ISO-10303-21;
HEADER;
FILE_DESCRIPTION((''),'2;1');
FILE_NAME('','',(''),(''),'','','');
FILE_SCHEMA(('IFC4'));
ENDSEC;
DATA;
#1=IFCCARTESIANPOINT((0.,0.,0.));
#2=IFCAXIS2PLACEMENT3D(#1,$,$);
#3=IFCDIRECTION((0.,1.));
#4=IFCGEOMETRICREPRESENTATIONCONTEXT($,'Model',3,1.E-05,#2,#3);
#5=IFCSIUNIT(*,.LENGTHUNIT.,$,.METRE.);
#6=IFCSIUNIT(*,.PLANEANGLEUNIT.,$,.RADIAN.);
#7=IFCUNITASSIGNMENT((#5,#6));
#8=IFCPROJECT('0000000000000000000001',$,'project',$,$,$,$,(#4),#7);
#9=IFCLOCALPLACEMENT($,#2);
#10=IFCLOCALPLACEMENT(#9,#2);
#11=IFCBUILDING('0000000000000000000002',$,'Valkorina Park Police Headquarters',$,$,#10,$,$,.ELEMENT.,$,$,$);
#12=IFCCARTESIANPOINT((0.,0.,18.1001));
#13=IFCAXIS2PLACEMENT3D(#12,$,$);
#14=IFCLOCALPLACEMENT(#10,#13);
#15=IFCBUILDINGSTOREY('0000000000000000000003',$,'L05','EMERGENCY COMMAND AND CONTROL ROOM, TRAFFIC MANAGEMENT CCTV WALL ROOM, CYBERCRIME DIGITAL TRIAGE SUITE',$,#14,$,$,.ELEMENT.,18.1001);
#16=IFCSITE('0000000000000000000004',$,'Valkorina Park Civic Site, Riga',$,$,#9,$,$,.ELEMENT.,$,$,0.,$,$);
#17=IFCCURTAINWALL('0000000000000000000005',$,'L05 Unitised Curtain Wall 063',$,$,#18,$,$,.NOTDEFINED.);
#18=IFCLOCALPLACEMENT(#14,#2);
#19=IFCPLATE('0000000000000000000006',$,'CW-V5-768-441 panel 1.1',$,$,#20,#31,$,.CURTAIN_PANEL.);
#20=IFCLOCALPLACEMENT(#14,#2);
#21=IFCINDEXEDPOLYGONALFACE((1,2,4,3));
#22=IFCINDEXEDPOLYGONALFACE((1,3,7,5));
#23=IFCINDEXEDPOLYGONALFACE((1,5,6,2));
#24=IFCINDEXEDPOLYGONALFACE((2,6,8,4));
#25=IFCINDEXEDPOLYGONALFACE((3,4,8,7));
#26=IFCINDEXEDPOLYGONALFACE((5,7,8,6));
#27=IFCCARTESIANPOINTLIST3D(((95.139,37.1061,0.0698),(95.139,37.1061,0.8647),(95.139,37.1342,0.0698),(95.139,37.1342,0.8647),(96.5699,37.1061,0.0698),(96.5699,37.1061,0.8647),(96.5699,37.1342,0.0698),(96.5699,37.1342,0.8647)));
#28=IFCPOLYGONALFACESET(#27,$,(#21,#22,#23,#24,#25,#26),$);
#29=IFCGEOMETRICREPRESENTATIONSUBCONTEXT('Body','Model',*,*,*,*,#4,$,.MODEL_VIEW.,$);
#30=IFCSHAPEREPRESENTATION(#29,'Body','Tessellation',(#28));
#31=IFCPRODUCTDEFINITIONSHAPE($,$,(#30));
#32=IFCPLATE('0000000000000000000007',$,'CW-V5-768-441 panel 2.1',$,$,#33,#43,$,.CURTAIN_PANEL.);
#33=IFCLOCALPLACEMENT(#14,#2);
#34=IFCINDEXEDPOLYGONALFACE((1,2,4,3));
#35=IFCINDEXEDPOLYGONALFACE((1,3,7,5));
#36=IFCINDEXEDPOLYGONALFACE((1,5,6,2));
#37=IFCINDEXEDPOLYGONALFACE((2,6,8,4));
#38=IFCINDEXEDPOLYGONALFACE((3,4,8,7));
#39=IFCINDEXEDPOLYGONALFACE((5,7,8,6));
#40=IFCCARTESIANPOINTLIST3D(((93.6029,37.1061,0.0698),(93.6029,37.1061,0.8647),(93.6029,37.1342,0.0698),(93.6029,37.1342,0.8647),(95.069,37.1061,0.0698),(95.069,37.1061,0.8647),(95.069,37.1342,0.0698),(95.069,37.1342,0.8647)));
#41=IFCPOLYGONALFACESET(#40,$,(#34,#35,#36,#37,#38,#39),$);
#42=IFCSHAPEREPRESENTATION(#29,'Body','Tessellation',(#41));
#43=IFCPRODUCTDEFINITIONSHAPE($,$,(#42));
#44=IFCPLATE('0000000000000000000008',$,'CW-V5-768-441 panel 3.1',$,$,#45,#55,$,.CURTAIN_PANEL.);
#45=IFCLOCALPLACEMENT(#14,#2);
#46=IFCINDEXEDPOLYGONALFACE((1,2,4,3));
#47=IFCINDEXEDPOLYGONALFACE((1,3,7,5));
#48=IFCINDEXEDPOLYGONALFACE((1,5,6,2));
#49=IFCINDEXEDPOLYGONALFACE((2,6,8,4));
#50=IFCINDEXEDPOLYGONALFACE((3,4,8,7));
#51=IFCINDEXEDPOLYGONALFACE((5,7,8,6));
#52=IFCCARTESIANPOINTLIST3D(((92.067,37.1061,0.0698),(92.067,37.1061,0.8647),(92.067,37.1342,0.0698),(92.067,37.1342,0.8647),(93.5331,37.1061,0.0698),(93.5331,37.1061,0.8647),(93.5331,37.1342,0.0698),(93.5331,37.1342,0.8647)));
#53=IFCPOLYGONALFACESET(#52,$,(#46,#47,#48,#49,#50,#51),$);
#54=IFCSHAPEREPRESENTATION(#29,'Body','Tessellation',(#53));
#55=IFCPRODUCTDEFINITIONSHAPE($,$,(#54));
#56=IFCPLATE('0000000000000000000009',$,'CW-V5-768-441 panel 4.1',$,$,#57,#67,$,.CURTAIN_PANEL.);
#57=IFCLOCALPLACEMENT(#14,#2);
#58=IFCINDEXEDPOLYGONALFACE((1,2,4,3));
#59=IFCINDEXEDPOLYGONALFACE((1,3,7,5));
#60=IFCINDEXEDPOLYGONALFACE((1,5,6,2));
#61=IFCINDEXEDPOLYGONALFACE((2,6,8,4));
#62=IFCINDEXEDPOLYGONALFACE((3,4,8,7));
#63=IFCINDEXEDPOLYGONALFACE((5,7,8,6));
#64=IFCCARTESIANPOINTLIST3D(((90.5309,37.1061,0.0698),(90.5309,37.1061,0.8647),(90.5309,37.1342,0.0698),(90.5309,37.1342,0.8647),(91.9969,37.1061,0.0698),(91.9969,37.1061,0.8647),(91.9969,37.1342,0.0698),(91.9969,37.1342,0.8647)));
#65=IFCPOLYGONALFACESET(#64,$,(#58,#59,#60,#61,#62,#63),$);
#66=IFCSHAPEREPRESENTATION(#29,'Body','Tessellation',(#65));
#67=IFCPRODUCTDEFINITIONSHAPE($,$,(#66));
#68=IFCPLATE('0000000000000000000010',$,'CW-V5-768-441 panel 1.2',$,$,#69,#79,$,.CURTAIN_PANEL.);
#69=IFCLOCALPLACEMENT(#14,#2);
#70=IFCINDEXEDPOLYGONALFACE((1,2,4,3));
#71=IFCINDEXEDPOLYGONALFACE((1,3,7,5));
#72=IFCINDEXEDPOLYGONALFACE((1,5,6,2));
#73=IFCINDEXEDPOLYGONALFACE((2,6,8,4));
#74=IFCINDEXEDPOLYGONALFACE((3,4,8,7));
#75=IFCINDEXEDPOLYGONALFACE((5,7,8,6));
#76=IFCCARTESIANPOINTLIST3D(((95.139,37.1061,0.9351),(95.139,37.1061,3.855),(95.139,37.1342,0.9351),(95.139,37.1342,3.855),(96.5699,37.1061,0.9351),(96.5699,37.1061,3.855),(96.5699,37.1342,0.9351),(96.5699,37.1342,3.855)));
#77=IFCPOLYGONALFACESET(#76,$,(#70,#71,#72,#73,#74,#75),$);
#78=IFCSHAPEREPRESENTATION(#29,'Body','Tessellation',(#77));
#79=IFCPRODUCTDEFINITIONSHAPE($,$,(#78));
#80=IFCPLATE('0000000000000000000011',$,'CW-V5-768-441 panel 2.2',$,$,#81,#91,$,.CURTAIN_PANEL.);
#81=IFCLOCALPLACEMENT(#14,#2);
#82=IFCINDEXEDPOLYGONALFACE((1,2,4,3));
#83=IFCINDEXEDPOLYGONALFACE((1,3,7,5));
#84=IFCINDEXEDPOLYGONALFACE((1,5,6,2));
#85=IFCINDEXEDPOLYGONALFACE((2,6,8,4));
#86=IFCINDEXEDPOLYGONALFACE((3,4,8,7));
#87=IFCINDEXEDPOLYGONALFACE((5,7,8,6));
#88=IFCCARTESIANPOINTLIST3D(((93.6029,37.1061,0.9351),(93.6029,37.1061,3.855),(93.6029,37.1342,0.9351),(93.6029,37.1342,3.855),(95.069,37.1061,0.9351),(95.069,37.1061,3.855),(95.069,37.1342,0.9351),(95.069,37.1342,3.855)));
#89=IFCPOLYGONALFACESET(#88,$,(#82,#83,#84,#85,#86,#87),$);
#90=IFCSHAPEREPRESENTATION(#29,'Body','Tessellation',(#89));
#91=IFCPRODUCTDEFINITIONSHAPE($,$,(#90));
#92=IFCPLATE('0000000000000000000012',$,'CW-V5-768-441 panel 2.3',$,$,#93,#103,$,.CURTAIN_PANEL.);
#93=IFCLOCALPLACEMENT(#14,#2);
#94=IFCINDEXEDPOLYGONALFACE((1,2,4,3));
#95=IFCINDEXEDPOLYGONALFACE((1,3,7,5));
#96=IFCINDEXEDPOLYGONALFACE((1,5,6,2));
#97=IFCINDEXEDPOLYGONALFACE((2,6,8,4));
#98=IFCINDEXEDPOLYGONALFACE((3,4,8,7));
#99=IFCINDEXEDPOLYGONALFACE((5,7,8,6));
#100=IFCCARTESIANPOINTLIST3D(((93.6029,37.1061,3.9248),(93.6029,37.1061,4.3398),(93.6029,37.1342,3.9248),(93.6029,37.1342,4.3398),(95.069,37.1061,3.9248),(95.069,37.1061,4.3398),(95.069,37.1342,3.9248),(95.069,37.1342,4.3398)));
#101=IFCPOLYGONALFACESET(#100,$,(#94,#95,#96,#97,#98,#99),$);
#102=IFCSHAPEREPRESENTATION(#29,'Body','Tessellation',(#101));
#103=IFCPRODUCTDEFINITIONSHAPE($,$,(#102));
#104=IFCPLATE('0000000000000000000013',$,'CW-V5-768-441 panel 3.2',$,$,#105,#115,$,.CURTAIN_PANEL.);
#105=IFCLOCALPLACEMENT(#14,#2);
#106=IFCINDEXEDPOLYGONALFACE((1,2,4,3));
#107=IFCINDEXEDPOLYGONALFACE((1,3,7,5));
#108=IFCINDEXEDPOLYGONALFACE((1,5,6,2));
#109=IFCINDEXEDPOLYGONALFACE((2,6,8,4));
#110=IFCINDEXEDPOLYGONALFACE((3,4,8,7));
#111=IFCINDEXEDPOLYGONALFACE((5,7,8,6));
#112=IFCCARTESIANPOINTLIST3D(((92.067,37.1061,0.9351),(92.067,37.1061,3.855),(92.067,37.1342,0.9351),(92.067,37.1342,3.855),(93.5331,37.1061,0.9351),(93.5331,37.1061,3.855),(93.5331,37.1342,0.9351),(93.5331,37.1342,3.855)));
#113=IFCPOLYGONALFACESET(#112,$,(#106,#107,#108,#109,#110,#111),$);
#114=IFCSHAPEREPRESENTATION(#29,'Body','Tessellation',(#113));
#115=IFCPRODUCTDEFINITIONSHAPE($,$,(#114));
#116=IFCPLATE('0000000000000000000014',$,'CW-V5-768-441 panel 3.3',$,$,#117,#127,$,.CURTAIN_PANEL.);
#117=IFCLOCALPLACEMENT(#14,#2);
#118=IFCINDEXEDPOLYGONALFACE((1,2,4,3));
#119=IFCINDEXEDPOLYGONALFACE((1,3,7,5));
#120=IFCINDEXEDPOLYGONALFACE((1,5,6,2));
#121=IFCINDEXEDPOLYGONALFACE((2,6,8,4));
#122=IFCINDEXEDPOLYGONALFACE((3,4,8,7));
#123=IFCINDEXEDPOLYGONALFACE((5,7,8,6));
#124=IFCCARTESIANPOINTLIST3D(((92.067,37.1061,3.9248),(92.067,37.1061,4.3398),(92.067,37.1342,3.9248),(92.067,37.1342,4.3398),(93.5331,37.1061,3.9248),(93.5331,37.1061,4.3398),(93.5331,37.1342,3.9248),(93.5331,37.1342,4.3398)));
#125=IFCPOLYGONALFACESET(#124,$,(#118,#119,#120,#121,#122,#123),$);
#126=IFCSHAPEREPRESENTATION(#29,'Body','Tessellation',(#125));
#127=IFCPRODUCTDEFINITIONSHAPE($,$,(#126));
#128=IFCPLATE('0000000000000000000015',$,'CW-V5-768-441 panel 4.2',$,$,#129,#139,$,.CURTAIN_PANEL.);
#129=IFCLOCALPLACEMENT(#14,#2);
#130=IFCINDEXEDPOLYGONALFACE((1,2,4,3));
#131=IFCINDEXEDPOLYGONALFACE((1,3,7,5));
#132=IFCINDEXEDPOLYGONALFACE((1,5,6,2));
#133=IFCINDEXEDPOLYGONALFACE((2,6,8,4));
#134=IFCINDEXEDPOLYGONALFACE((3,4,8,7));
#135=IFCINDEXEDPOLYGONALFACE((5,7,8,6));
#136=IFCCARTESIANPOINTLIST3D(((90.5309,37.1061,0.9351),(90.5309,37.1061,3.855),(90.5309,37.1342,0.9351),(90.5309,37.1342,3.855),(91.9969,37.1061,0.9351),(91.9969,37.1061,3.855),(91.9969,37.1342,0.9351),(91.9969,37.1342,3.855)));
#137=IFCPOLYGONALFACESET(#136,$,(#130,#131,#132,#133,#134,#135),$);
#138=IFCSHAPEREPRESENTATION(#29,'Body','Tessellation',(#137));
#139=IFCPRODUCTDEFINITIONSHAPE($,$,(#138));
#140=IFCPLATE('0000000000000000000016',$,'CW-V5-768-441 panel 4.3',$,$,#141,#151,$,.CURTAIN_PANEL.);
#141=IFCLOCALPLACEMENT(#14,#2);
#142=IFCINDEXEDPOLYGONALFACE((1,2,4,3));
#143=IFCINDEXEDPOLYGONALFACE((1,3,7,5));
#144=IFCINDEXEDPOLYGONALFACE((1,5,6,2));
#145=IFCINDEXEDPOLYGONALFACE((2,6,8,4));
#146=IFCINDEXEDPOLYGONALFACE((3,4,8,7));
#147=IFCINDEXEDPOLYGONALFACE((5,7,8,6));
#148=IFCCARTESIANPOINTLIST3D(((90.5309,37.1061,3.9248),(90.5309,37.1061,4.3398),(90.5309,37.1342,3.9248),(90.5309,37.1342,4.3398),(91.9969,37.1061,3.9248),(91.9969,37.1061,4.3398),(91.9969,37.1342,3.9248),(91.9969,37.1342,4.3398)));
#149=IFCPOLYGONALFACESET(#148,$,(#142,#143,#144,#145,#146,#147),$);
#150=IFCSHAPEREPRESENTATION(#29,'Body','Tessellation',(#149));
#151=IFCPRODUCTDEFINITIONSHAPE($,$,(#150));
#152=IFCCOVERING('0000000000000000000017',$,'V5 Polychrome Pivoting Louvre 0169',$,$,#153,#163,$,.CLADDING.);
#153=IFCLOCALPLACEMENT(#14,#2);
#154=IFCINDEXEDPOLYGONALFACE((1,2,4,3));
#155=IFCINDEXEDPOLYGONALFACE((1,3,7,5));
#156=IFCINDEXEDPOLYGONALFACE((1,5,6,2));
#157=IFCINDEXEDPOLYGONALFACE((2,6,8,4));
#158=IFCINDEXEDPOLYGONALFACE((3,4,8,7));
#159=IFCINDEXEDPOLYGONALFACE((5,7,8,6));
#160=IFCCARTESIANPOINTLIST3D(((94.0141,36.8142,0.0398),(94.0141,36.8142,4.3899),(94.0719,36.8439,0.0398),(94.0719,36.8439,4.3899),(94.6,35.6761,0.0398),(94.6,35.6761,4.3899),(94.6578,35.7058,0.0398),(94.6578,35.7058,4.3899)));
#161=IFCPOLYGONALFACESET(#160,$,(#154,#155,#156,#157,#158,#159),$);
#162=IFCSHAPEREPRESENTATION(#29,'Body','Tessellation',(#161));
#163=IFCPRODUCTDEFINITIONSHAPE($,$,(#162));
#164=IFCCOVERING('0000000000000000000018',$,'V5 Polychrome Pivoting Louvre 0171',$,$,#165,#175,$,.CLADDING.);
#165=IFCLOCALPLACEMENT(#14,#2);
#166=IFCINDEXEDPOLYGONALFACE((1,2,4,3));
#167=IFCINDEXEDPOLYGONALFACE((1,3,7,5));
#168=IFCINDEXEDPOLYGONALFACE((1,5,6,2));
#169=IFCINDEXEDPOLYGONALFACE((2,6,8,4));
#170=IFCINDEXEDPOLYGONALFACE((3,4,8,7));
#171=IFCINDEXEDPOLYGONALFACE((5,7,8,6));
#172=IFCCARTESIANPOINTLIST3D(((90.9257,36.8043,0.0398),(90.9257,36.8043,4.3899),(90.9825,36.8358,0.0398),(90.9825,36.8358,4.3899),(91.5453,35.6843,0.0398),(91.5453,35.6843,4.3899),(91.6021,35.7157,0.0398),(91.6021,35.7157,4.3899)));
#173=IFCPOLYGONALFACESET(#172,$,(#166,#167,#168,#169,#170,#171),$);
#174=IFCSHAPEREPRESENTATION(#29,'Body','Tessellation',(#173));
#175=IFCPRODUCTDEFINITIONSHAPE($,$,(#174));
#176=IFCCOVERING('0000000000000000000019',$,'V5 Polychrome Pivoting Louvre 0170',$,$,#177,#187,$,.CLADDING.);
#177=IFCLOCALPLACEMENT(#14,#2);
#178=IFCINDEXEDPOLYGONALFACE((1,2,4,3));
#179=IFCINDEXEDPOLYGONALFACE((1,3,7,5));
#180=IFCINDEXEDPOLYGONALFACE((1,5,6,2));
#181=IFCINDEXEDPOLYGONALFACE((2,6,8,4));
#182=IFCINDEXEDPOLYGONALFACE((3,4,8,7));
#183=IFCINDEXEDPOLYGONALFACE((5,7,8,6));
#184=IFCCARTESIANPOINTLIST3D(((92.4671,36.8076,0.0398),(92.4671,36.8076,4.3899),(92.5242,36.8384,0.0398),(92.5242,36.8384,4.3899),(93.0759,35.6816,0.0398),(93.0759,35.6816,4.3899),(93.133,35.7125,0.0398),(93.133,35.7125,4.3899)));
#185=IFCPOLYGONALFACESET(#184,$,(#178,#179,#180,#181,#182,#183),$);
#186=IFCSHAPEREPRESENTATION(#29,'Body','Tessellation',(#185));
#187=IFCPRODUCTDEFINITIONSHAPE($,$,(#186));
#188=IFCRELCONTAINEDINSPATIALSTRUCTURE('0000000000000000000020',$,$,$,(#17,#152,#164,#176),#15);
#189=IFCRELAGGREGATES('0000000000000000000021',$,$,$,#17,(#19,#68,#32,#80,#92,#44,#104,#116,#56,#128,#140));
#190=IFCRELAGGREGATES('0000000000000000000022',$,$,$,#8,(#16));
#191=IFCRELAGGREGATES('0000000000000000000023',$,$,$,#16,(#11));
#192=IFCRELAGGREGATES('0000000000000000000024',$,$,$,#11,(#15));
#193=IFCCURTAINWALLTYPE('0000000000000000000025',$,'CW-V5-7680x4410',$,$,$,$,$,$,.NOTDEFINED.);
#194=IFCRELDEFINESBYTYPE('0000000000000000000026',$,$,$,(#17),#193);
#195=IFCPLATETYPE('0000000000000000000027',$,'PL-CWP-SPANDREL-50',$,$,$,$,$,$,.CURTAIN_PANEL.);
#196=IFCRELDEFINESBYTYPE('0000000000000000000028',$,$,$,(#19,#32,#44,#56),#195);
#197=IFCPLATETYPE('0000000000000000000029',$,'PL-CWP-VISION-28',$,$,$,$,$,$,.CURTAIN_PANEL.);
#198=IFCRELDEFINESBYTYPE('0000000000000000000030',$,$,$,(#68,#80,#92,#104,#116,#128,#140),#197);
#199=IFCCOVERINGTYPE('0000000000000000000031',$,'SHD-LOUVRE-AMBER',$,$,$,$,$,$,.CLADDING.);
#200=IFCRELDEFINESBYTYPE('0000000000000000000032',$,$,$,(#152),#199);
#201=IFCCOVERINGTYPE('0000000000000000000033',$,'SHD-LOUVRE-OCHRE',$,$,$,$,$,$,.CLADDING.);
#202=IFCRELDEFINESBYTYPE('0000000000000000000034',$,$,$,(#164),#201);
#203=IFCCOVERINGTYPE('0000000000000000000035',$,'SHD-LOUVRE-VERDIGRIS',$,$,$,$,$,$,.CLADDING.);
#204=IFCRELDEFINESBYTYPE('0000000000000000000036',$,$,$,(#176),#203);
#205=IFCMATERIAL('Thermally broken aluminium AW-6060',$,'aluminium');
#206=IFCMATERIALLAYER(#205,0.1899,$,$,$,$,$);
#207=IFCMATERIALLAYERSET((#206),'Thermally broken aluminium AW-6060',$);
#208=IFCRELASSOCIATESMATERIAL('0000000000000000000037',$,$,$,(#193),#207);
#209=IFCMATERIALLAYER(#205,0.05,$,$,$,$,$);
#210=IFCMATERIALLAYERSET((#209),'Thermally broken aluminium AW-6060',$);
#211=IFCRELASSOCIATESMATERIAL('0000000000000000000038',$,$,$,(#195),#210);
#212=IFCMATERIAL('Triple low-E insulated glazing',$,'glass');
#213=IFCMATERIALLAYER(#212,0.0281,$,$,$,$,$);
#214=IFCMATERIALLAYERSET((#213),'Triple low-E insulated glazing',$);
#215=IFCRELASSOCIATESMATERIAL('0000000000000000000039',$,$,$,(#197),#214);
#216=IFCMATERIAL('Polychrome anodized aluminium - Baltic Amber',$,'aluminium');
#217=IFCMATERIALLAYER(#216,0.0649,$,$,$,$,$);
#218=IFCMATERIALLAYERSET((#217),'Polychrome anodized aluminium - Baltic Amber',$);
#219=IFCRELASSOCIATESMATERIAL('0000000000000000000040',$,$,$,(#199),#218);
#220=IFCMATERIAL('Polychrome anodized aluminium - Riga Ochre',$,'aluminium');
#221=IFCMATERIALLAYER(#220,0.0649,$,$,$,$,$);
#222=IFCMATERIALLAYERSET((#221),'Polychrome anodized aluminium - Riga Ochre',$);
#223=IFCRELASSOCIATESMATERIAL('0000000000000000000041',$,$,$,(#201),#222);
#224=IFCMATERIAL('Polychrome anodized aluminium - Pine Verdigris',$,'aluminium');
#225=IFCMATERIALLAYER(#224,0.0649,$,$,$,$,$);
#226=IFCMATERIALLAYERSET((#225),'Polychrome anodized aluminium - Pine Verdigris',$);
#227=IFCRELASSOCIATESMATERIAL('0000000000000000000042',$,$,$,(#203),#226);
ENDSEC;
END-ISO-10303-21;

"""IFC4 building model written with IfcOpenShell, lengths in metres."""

from ifc_helpers import new_model, si_unit, direction, frame, origin, origin_2d, place, context, subcontext, project, spatial, rectangle, extrude, material, layer, layer_set, type_object, element, aggregate, save


model = new_model("IFC4")

# Units and contexts
model_context = context("Model", 3, precision=1e-05, world=origin(), true_north=direction((0.0, 1.0)))
body_context = subcontext(model_context, "Body", "Model", "MODEL_VIEW")
ifc_project = project(units=[si_unit("LENGTHUNIT", "METRE"), si_unit("PLANEANGLEUNIT", "RADIAN")], contexts=[model_context])

# Site, building, storey
site_placement = place(None, origin())
site = spatial("IfcSite", under=ifc_project, at=site_placement, Name="Valkorina Park Civic Site, Riga", CompositionType="ELEMENT", RefElevation=0.0)
building_placement = place(site_placement, origin())
building = spatial("IfcBuilding", under=site, at=building_placement, Name="Valkorina Park Police Headquarters", CompositionType="ELEMENT")
storey_placement = place(building_placement, frame((0.0, 0.0, 18.1001)))
storey = spatial("IfcBuildingStorey", under=building, at=storey_placement, Name="L05", Description="EMERGENCY COMMAND AND CONTROL ROOM, TRAFFIC MANAGEMENT CCTV WALL ROOM, CYBERCRIME DIGITAL TRIAGE SUITE", CompositionType="ELEMENT", Elevation=18.1001)

# Curtain wall, plates
ifc_material_1 = material(Name="Thermally broken aluminium AW-6060", Category="aluminium")
ifc_layer_1 = layer(ifc_material_1, 0.1899)
ifc_layer_set_1 = layer_set([ifc_layer_1], Name="Thermally broken aluminium AW-6060")
curtain_wall_type = type_object("IfcCurtainWallType", Name="CW-V5-7680x4410", PredefinedType="NOTDEFINED", material=ifc_layer_set_1)
curtain_wall_placement = place(storey_placement, origin())
curtain_wall = element("IfcCurtainWall", 1, at=curtain_wall_placement, inside=storey, type_object=curtain_wall_type, Name="L05 Unitised Curtain Wall 063", PredefinedType="NOTDEFINED")
ifc_layer_2 = layer(ifc_material_1, 0.05)
ifc_layer_set_2 = layer_set([ifc_layer_2], Name="Thermally broken aluminium AW-6060")
plate_type_1 = type_object("IfcPlateType", Name="PL-CWP-SPANDREL-50", PredefinedType="CURTAIN_PANEL", material=ifc_layer_set_2)
plate_1_placement = place(storey_placement, frame((95.8545, 37.1201, 0.0698), z_axis=(0.0, 0.0, 1.0), x_axis=(-1.0, 0.0, 0.0)))
plate_1 = element("IfcPlate", 2, at=plate_1_placement, type_object=plate_type_1, Name="CW-V5-768-441 panel 1.1", PredefinedType="CURTAIN_PANEL", context=body_context, shape_type="SweptSolid", body=[
    extrude(rectangle(XDim=1.4309, YDim=0.0281, at=origin_2d()), origin(), (0.0, 0.0, 1.0), 0.7949),
])
plate_2_placement = place(storey_placement, frame((94.3359, 37.1201, 0.0698), z_axis=(0.0, 0.0, 1.0), x_axis=(-1.0, 0.0, 0.0)))
plate_2 = element("IfcPlate", 3, at=plate_2_placement, type_object=plate_type_1, Name="CW-V5-768-441 panel 2.1", PredefinedType="CURTAIN_PANEL", context=body_context, shape_type="SweptSolid", body=[
    extrude(rectangle(XDim=1.4661, YDim=0.0281, at=origin_2d()), origin(), (0.0, 0.0, 1.0), 0.7949),
])
plate_3_placement = place(storey_placement, frame((92.8, 37.1201, 0.0698), z_axis=(0.0, 0.0, 1.0), x_axis=(-1.0, 0.0, 0.0)))
plate_3 = element("IfcPlate", 4, at=plate_3_placement, type_object=plate_type_1, Name="CW-V5-768-441 panel 3.1", PredefinedType="CURTAIN_PANEL", context=body_context, shape_type="SweptSolid", body=[
    extrude(rectangle(XDim=1.4661, YDim=0.0281, at=origin_2d()), origin(), (0.0, 0.0, 1.0), 0.7949),
])
plate_4_placement = place(storey_placement, frame((91.2639, 37.1201, 0.0698), z_axis=(0.0, 0.0, 1.0), x_axis=(-1.0, 0.0, 0.0)))
plate_4 = element("IfcPlate", 5, at=plate_4_placement, type_object=plate_type_1, Name="CW-V5-768-441 panel 4.1", PredefinedType="CURTAIN_PANEL", context=body_context, shape_type="SweptSolid", body=[
    extrude(rectangle(XDim=1.4661, YDim=0.0281, at=origin_2d()), origin(), (0.0, 0.0, 1.0), 0.7949),
])
ifc_material_2 = material(Name="Triple low-E insulated glazing", Category="glass")
ifc_layer_3 = layer(ifc_material_2, 0.0281)
ifc_layer_set_3 = layer_set([ifc_layer_3], Name="Triple low-E insulated glazing")
plate_type_2 = type_object("IfcPlateType", Name="PL-CWP-VISION-28", PredefinedType="CURTAIN_PANEL", material=ifc_layer_set_3)
plate_5_placement = place(storey_placement, frame((95.8545, 37.1201, 0.9351), z_axis=(0.0, 0.0, 1.0), x_axis=(-1.0, 0.0, 0.0)))
plate_5 = element("IfcPlate", 6, at=plate_5_placement, type_object=plate_type_2, Name="CW-V5-768-441 panel 1.2", PredefinedType="CURTAIN_PANEL", context=body_context, shape_type="SweptSolid", body=[
    extrude(rectangle(XDim=1.4309, YDim=0.0281, at=origin_2d()), origin(), (0.0, 0.0, 1.0), 2.9199),
])
plate_6_placement = place(storey_placement, frame((94.3359, 37.1201, 0.9351), z_axis=(0.0, 0.0, 1.0), x_axis=(-1.0, 0.0, 0.0)))
plate_6 = element("IfcPlate", 7, at=plate_6_placement, type_object=plate_type_2, Name="CW-V5-768-441 panel 2.2", PredefinedType="CURTAIN_PANEL", context=body_context, shape_type="SweptSolid", body=[
    extrude(rectangle(XDim=1.4661, YDim=0.0281, at=origin_2d()), origin(), (0.0, 0.0, 1.0), 2.9199),
])
plate_7_placement = place(storey_placement, frame((94.3359, 37.1201, 3.9248), z_axis=(0.0, 0.0, 1.0), x_axis=(-1.0, 0.0, 0.0)))
plate_7 = element("IfcPlate", 8, at=plate_7_placement, type_object=plate_type_2, Name="CW-V5-768-441 panel 2.3", PredefinedType="CURTAIN_PANEL", context=body_context, shape_type="SweptSolid", body=[
    extrude(rectangle(XDim=1.4661, YDim=0.0281, at=origin_2d()), origin(), (0.0, 0.0, 1.0), 0.415),
])
plate_8_placement = place(storey_placement, frame((92.8, 37.1201, 0.9351), z_axis=(0.0, 0.0, 1.0), x_axis=(-1.0, 0.0, 0.0)))
plate_8 = element("IfcPlate", 9, at=plate_8_placement, type_object=plate_type_2, Name="CW-V5-768-441 panel 3.2", PredefinedType="CURTAIN_PANEL", context=body_context, shape_type="SweptSolid", body=[
    extrude(rectangle(XDim=1.4661, YDim=0.0281, at=origin_2d()), origin(), (0.0, 0.0, 1.0), 2.9199),
])
plate_9_placement = place(storey_placement, frame((92.8, 37.1201, 3.9248), z_axis=(0.0, 0.0, 1.0), x_axis=(-1.0, 0.0, 0.0)))
plate_9 = element("IfcPlate", 10, at=plate_9_placement, type_object=plate_type_2, Name="CW-V5-768-441 panel 3.3", PredefinedType="CURTAIN_PANEL", context=body_context, shape_type="SweptSolid", body=[
    extrude(rectangle(XDim=1.4661, YDim=0.0281, at=origin_2d()), origin(), (0.0, 0.0, 1.0), 0.415),
])
plate_10_placement = place(storey_placement, frame((91.2639, 37.1201, 0.9351), z_axis=(0.0, 0.0, 1.0), x_axis=(-1.0, 0.0, 0.0)))
plate_10 = element("IfcPlate", 11, at=plate_10_placement, type_object=plate_type_2, Name="CW-V5-768-441 panel 4.2", PredefinedType="CURTAIN_PANEL", context=body_context, shape_type="SweptSolid", body=[
    extrude(rectangle(XDim=1.4661, YDim=0.0281, at=origin_2d()), origin(), (0.0, 0.0, 1.0), 2.9199),
])
plate_11_placement = place(storey_placement, frame((91.2639, 37.1201, 3.9248), z_axis=(0.0, 0.0, 1.0), x_axis=(-1.0, 0.0, 0.0)))
plate_11 = element("IfcPlate", 12, at=plate_11_placement, type_object=plate_type_2, Name="CW-V5-768-441 panel 4.3", PredefinedType="CURTAIN_PANEL", context=body_context, shape_type="SweptSolid", body=[
    extrude(rectangle(XDim=1.4661, YDim=0.0281, at=origin_2d()), origin(), (0.0, 0.0, 1.0), 0.415),
])
aggregate(curtain_wall, [plate_1, plate_5, plate_2, plate_6, plate_7, plate_3, plate_8, plate_9, plate_4, plate_10, plate_11])

# Coverings
ifc_material_3 = material(Name="Polychrome anodized aluminium - Baltic Amber", Category="aluminium")
ifc_layer_4 = layer(ifc_material_3, 0.0649)
ifc_layer_set_4 = layer_set([ifc_layer_4], Name="Polychrome anodized aluminium - Baltic Amber")
covering_type_1 = type_object("IfcCoveringType", Name="SHD-LOUVRE-AMBER", PredefinedType="CLADDING", material=ifc_layer_set_4)
covering_1_placement = place(storey_placement, frame((94.3359, 36.26, 0.0398), z_axis=(0.0, 0.0, 1.0), x_axis=(0.457719, -0.889097, 0.0)))
element("IfcCovering", 13, at=covering_1_placement, inside=storey, type_object=covering_type_1, Name="V5 Polychrome Pivoting Louvre 0169", PredefinedType="CLADDING", context=body_context, shape_type="SweptSolid", body=[
    extrude(rectangle(XDim=1.28, YDim=0.0649, at=origin_2d()), origin(), (0.0, 0.0, 1.0), 4.3501),
])
ifc_material_4 = material(Name="Polychrome anodized aluminium - Riga Ochre", Category="aluminium")
ifc_layer_5 = layer(ifc_material_4, 0.0649)
ifc_layer_set_5 = layer_set([ifc_layer_5], Name="Polychrome anodized aluminium - Riga Ochre")
covering_type_2 = type_object("IfcCoveringType", Name="SHD-LOUVRE-OCHRE", PredefinedType="CLADDING", material=ifc_layer_set_5)
covering_2_placement = place(storey_placement, frame((91.2639, 36.26, 0.0398), z_axis=(0.0, 0.0, 1.0), x_axis=(0.484046, -0.875042, 0.0)))
element("IfcCovering", 14, at=covering_2_placement, inside=storey, type_object=covering_type_2, Name="V5 Polychrome Pivoting Louvre 0171", PredefinedType="CLADDING", context=body_context, shape_type="SweptSolid", body=[
    extrude(rectangle(XDim=1.28, YDim=0.0649, at=origin_2d()), origin(), (0.0, 0.0, 1.0), 4.3501),
])
ifc_material_5 = material(Name="Polychrome anodized aluminium - Pine Verdigris", Category="aluminium")
ifc_layer_6 = layer(ifc_material_5, 0.0649)
ifc_layer_set_6 = layer_set([ifc_layer_6], Name="Polychrome anodized aluminium - Pine Verdigris")
covering_type_3 = type_object("IfcCoveringType", Name="SHD-LOUVRE-VERDIGRIS", PredefinedType="CLADDING", material=ifc_layer_set_6)
covering_3_placement = place(storey_placement, frame((92.8, 36.26, 0.0398), z_axis=(0.0, 0.0, 1.0), x_axis=(0.475624, -0.879649, 0.0)))
element("IfcCovering", 15, at=covering_3_placement, inside=storey, type_object=covering_type_3, Name="V5 Polychrome Pivoting Louvre 0170", PredefinedType="CLADDING", context=body_context, shape_type="SweptSolid", body=[
    extrude(rectangle(XDim=1.28, YDim=0.0649, at=origin_2d()), origin(), (0.0, 0.0, 1.0), 4.3501),
])

save(model, "model.ifc")
